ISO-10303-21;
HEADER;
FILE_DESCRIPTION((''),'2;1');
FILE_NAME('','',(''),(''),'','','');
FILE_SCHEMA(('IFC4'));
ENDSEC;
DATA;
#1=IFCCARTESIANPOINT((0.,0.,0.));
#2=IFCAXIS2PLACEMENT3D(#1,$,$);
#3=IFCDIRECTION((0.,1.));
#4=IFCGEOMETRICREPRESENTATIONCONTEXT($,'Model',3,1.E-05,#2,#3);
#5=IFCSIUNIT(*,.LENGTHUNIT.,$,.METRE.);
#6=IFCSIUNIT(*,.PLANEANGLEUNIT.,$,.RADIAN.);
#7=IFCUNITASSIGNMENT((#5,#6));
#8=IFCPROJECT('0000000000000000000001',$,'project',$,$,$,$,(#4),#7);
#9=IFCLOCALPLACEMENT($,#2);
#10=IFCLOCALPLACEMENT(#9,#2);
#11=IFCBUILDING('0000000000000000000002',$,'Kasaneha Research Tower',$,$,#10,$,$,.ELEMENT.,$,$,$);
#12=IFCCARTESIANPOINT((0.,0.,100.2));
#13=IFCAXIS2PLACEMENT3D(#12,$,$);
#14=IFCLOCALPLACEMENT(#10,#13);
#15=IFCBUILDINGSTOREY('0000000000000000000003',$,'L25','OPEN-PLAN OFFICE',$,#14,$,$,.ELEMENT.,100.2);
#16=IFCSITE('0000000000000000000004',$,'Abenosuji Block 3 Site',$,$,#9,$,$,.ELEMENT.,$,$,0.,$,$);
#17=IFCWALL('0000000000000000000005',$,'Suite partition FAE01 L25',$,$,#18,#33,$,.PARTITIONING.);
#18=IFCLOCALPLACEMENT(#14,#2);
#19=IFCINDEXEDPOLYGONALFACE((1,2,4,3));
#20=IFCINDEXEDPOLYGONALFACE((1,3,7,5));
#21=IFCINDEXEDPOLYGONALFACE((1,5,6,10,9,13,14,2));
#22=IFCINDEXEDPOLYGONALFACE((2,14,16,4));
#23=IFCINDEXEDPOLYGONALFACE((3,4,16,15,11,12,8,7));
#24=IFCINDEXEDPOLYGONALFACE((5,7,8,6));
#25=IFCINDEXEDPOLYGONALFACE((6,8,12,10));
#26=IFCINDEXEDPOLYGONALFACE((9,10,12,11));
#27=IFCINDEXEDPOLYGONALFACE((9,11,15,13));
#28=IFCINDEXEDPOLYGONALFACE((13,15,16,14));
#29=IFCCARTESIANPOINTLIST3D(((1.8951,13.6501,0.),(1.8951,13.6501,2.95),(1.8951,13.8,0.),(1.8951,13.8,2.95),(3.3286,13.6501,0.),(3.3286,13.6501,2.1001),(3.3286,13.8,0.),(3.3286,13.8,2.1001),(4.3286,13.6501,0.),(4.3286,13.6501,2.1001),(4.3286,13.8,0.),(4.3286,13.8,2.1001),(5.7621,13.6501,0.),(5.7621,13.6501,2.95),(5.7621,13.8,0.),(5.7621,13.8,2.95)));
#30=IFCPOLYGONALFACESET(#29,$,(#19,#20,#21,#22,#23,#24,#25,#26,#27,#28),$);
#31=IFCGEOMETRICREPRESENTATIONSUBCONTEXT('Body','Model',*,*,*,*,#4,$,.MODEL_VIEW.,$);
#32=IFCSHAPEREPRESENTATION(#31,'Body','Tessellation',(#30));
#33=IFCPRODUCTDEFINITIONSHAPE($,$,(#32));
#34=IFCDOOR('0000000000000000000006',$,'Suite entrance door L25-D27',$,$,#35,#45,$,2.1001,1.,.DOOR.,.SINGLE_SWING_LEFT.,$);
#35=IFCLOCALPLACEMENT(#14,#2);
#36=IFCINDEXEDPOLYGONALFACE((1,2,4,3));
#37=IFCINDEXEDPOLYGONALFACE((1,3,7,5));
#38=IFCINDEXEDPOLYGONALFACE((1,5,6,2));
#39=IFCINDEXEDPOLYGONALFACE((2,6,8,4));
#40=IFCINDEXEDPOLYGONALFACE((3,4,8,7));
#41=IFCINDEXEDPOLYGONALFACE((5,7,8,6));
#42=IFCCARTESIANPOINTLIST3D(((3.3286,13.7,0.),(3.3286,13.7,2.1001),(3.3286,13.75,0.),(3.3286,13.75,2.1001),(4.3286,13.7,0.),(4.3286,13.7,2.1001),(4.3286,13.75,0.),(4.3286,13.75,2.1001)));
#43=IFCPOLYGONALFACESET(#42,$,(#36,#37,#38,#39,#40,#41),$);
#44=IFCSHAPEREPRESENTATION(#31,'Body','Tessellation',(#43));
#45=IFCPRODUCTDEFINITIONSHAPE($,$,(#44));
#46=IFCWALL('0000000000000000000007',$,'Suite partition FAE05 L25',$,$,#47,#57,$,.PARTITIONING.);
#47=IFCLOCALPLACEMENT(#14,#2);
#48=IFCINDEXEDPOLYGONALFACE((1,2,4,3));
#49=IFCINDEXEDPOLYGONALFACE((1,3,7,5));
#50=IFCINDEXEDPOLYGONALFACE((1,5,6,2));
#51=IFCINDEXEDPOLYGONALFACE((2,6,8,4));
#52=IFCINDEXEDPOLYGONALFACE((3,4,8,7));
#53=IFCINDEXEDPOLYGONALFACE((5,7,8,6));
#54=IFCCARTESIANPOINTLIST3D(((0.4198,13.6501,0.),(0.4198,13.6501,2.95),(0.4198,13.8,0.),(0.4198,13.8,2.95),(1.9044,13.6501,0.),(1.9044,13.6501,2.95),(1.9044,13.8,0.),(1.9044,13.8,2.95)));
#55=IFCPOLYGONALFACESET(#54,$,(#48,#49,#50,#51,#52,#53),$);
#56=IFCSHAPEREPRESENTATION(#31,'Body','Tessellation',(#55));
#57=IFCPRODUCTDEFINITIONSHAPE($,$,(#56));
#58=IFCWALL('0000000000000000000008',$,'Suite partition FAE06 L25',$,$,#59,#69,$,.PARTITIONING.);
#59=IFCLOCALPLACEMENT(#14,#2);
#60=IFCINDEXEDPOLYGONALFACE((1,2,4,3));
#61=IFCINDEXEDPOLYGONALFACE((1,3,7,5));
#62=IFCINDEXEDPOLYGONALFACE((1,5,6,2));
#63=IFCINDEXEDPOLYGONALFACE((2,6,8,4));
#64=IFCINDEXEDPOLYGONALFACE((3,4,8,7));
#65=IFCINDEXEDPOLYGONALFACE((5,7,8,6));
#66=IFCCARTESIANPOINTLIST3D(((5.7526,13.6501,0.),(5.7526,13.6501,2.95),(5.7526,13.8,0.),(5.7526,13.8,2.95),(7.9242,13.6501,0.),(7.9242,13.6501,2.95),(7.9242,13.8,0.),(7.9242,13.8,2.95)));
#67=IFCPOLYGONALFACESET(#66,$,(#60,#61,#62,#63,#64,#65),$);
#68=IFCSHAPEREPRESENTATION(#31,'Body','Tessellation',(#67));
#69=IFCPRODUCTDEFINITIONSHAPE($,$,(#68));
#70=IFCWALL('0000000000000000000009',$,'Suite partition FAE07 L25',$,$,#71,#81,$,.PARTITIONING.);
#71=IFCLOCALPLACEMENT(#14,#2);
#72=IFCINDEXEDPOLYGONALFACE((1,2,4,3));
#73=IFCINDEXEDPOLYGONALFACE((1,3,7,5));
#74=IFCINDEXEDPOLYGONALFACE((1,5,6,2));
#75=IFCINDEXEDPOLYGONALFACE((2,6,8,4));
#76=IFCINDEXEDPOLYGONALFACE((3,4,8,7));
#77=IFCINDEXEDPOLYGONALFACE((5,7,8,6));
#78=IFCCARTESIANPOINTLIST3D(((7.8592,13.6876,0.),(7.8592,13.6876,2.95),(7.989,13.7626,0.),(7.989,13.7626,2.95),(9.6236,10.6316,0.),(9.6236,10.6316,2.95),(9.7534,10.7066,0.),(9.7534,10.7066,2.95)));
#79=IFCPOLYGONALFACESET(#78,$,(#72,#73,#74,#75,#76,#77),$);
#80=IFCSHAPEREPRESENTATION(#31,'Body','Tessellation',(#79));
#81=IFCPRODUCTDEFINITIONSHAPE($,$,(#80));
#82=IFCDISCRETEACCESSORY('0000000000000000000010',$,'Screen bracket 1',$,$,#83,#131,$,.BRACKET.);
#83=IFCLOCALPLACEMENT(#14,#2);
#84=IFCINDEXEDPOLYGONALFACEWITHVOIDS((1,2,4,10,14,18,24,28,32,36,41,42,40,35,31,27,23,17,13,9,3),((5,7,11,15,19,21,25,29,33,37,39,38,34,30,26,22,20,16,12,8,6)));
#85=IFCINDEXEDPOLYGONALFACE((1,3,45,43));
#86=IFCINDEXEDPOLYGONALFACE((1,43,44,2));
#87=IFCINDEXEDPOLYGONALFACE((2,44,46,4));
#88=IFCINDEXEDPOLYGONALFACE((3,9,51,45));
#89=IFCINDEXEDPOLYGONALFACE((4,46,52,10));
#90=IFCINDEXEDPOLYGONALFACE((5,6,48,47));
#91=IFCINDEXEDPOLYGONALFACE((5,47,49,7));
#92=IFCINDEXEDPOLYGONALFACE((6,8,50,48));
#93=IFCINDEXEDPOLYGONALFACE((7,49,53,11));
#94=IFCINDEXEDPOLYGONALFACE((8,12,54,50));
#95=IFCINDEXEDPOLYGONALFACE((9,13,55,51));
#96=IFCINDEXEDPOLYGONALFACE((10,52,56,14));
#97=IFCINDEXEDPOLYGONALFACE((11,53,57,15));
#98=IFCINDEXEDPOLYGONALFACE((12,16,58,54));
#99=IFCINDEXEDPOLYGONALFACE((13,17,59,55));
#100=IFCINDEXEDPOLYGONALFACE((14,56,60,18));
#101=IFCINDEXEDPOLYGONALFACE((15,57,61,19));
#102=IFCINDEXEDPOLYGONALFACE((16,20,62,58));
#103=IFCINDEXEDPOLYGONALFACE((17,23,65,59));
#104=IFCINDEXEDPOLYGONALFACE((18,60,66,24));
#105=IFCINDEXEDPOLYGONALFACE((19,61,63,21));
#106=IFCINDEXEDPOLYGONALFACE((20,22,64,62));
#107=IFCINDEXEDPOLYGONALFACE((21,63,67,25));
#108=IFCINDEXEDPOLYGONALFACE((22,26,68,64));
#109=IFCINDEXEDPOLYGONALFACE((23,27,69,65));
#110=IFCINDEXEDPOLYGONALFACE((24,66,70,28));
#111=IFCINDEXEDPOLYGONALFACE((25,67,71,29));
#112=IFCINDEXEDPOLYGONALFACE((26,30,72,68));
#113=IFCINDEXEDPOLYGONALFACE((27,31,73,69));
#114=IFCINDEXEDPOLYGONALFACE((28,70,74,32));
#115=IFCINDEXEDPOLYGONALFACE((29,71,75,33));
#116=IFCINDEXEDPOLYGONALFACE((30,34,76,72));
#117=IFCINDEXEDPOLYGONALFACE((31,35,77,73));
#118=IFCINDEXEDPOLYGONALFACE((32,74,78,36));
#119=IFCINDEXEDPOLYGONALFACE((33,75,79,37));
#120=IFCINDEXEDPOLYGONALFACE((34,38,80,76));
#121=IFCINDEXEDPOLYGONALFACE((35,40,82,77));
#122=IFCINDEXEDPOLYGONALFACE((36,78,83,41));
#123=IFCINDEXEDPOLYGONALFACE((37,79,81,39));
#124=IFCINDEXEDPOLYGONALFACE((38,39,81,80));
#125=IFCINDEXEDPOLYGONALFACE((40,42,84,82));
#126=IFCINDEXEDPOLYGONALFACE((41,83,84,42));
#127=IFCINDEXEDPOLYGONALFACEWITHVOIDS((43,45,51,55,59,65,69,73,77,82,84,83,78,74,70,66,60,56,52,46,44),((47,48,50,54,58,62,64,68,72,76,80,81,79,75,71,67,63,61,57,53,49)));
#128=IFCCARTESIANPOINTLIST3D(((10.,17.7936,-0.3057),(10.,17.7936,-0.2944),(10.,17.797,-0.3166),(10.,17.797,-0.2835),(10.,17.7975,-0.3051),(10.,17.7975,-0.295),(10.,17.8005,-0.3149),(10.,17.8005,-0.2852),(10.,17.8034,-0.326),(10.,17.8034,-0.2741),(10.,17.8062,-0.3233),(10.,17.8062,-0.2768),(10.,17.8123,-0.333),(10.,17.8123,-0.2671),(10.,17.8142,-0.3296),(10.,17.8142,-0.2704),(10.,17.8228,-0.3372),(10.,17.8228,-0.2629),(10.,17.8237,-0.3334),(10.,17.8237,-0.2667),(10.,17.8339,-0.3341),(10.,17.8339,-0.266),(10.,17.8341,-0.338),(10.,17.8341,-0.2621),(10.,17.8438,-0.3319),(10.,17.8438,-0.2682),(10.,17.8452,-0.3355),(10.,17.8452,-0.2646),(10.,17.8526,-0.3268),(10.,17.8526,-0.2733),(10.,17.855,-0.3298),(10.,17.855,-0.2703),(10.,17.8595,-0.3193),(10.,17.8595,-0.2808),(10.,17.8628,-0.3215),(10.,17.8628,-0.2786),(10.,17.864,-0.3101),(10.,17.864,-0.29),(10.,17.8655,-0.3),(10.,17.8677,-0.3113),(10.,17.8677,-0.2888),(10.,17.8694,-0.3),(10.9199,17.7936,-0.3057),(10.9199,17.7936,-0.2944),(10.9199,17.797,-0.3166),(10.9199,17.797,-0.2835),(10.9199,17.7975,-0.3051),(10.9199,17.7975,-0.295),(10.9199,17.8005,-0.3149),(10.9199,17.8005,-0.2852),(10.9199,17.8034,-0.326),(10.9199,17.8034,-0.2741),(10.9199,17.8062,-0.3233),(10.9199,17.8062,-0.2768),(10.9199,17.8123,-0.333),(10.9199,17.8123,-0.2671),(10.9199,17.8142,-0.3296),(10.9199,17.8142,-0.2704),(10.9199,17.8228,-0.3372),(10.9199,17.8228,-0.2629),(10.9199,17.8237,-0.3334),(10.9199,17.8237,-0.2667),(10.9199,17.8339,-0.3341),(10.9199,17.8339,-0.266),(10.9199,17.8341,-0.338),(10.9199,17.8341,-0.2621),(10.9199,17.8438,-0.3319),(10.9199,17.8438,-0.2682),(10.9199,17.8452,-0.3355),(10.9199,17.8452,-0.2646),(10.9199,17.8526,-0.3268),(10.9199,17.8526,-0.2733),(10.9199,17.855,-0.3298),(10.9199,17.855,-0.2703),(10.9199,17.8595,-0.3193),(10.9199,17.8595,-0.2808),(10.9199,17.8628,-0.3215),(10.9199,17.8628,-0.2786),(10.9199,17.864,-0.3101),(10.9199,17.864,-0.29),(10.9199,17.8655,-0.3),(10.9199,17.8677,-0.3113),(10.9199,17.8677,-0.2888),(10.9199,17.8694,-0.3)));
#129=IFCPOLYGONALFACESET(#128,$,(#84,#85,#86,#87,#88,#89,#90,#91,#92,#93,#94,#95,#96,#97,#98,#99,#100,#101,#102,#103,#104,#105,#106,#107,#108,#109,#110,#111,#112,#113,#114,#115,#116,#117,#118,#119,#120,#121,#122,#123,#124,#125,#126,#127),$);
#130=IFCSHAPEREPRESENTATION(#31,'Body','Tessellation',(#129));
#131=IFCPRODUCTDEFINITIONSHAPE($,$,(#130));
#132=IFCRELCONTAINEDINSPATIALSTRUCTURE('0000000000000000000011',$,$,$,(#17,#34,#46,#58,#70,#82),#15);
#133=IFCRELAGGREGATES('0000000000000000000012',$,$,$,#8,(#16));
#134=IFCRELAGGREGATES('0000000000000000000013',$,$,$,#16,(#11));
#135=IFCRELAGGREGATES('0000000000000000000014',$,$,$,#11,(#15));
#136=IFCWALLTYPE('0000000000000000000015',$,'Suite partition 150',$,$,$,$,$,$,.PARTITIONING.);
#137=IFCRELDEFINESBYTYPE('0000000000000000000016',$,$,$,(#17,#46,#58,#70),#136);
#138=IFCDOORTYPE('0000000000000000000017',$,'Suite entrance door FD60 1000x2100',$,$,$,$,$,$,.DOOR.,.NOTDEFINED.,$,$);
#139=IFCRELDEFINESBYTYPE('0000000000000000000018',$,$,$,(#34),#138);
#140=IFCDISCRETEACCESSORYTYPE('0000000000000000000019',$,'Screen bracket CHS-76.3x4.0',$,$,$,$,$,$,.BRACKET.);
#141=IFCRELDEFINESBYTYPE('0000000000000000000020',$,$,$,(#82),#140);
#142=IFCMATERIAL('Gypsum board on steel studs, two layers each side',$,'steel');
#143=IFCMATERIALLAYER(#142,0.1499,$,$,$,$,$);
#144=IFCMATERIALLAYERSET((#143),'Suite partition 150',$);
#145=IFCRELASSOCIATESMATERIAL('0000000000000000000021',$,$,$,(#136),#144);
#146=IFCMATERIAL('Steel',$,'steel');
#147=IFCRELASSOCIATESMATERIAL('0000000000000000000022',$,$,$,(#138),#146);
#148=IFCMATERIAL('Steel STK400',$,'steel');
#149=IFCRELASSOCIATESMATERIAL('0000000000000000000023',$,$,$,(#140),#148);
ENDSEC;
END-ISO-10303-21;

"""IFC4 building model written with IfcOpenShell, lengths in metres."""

from ifc_helpers import new_model, si_unit, direction, frame, frame_2d, origin, origin_2d, place, context, subcontext, project, spatial, rectangle, hollow_circle, extrude, material, layer, layer_set, material_profile, profile_set, type_object, element, fill, save


model = new_model("IFC4")

# Units and contexts
model_context = context("Model", 3, precision=1e-05, world=origin(), true_north=direction((0.0, 1.0)))
body_context = subcontext(model_context, "Body", "Model", "MODEL_VIEW")
ifc_project = project(units=[si_unit("LENGTHUNIT", "METRE"), si_unit("PLANEANGLEUNIT", "RADIAN")], contexts=[model_context])

# Site, building, storey
site_placement = place(None, origin())
site = spatial("IfcSite", under=ifc_project, at=site_placement, Name="Abenosuji Block 3 Site", CompositionType="ELEMENT", RefElevation=0.0)
building_placement = place(site_placement, origin())
building = spatial("IfcBuilding", under=site, at=building_placement, Name="Kasaneha Research Tower", CompositionType="ELEMENT")
storey_placement = place(building_placement, frame((0.0, 0.0, 100.2)))
storey = spatial("IfcBuildingStorey", under=building, at=storey_placement, Name="L25", Description="OPEN-PLAN OFFICE", CompositionType="ELEMENT", Elevation=100.2)

# Wall, opening, door
ifc_material_1 = material(Name="Gypsum board on steel studs, two layers each side", Category="steel")
ifc_layer_1 = layer(ifc_material_1, 0.1499)
ifc_layer_set_1 = layer_set([ifc_layer_1], Name="Suite partition 150")
wall_type_1 = type_object("IfcWallType", Name="Suite partition 150", PredefinedType="PARTITIONING", material=ifc_layer_set_1)
wall_1_placement = place(storey_placement, frame((1.895, 13.7251, 0.0), z_axis=(0.0, 0.0, 1.0), x_axis=(1.0, 0.0, 0.0)))
wall_1 = element("IfcWall", 1, at=wall_1_placement, inside=storey, type_object=wall_type_1, Name="Suite partition FAE01 L25", PredefinedType="PARTITIONING", context=body_context, shape_type="SweptSolid", body=[
    extrude(rectangle(XDim=3.8669, YDim=0.1499, at=frame_2d((1.9336, 0.0))), origin(), (0.0, 0.0, 1.0), 2.95),
])
opening_1_placement = place(wall_1_placement, frame((1.4336, 0.0, 0.0)))
opening_1 = element("IfcOpeningElement", 2, at=opening_1_placement, cuts=wall_1, PredefinedType="OPENING", context=body_context, shape_type="SweptSolid", body=[
    extrude(rectangle(XDim=1.0, YDim=2.1001, at=frame_2d((0.5, 1.05))), frame((0.0, 0.085, 0.0), z_axis=(0.0, -1.0, 0.0), x_axis=(1.0, 0.0, 0.0)), (0.0, 0.0, 1.0), 0.1699),
])
ifc_material_2 = material(Name="Steel", Category="steel")
door_type_1 = type_object("IfcDoorType", Name="Suite entrance door FD60 1000x2100", OperationType="NOTDEFINED", PredefinedType="DOOR", material=ifc_material_2)
door_1_placement = place(opening_1_placement, origin())
door_1 = element("IfcDoor", 3, at=door_1_placement, inside=storey, type_object=door_type_1, Name="Suite entrance door L25-D27", OperationType="SINGLE_SWING_LEFT", OverallHeight=2.1001, OverallWidth=1.0, PredefinedType="DOOR", context=body_context, shape_type="SweptSolid", body=[
    extrude(rectangle(XDim=1.0, YDim=2.1001, at=frame_2d((0.5, 1.05))), frame((0.0, 0.0249, 0.0), z_axis=(0.0, -1.0, 0.0), x_axis=(1.0, 0.0, 0.0)), (0.0, 0.0, 1.0), 0.05),
])
fill(opening_1, door_1)

# Walls
wall_2_placement = place(storey_placement, frame((0.4199, 13.7251, 0.0), z_axis=(0.0, 0.0, 1.0), x_axis=(1.0, 0.0, 0.0)))
element("IfcWall", 4, at=wall_2_placement, inside=storey, type_object=wall_type_1, Name="Suite partition FAE05 L25", PredefinedType="PARTITIONING", context=body_context, shape_type="SweptSolid", body=[
    extrude(rectangle(XDim=1.4846, YDim=0.1499, at=frame_2d((0.7422, 0.0))), origin(), (0.0, 0.0, 1.0), 2.95),
])
wall_3_placement = place(storey_placement, frame((5.7524, 13.7251, 0.0), z_axis=(0.0, 0.0, 1.0), x_axis=(1.0, 0.0, 0.0)))
element("IfcWall", 5, at=wall_3_placement, inside=storey, type_object=wall_type_1, Name="Suite partition FAE06 L25", PredefinedType="PARTITIONING", context=body_context, shape_type="SweptSolid", body=[
    extrude(rectangle(XDim=2.1716, YDim=0.1499, at=frame_2d((1.0859, 0.0))), origin(), (0.0, 0.0, 1.0), 2.95),
])
wall_4_placement = place(storey_placement, frame((7.9241, 13.7251, 0.0), z_axis=(0.0, 0.0, 1.0), x_axis=(0.500016, -0.866016, 0.0)))
element("IfcWall", 6, at=wall_4_placement, inside=storey, type_object=wall_type_1, Name="Suite partition FAE07 L25", PredefinedType="PARTITIONING", context=body_context, shape_type="SweptSolid", body=[
    extrude(rectangle(XDim=3.5288, YDim=0.1499, at=frame_2d((1.7644, 0.0))), origin(), (0.0, 0.0, 1.0), 2.95),
])

# Discrete accessory
ifc_material_3 = material(Name="Steel STK400", Category="steel")
ifc_material_profile_1 = material_profile(ifc_material_3, hollow_circle(Radius=0.0381, WallThickness=0.0039, at=origin_2d()), Name="CHS-76.3x4.0")
ifc_profile_set_1 = profile_set([ifc_material_profile_1], Name="Steel STK400")
discrete_accessory_type = type_object("IfcDiscreteAccessoryType", Name="Screen bracket CHS-76.3x4.0", PredefinedType="BRACKET", material=ifc_profile_set_1)
discrete_accessory_placement = place(storey_placement, frame((10.0, 17.8313, -0.3), z_axis=(1.0, 0.0, 0.0), x_axis=(0.0, 1.0, 0.0)))
element("IfcDiscreteAccessory", 7, at=discrete_accessory_placement, inside=storey, type_object=discrete_accessory_type, Name="Screen bracket 1", PredefinedType="BRACKET", context=body_context, shape_type="SweptSolid", body=[
    extrude(hollow_circle(Radius=0.0381, WallThickness=0.0039, at=origin_2d()), origin(), (0.0, 0.0, 1.0), 0.9199),
])

save(model, "model.ifc")
